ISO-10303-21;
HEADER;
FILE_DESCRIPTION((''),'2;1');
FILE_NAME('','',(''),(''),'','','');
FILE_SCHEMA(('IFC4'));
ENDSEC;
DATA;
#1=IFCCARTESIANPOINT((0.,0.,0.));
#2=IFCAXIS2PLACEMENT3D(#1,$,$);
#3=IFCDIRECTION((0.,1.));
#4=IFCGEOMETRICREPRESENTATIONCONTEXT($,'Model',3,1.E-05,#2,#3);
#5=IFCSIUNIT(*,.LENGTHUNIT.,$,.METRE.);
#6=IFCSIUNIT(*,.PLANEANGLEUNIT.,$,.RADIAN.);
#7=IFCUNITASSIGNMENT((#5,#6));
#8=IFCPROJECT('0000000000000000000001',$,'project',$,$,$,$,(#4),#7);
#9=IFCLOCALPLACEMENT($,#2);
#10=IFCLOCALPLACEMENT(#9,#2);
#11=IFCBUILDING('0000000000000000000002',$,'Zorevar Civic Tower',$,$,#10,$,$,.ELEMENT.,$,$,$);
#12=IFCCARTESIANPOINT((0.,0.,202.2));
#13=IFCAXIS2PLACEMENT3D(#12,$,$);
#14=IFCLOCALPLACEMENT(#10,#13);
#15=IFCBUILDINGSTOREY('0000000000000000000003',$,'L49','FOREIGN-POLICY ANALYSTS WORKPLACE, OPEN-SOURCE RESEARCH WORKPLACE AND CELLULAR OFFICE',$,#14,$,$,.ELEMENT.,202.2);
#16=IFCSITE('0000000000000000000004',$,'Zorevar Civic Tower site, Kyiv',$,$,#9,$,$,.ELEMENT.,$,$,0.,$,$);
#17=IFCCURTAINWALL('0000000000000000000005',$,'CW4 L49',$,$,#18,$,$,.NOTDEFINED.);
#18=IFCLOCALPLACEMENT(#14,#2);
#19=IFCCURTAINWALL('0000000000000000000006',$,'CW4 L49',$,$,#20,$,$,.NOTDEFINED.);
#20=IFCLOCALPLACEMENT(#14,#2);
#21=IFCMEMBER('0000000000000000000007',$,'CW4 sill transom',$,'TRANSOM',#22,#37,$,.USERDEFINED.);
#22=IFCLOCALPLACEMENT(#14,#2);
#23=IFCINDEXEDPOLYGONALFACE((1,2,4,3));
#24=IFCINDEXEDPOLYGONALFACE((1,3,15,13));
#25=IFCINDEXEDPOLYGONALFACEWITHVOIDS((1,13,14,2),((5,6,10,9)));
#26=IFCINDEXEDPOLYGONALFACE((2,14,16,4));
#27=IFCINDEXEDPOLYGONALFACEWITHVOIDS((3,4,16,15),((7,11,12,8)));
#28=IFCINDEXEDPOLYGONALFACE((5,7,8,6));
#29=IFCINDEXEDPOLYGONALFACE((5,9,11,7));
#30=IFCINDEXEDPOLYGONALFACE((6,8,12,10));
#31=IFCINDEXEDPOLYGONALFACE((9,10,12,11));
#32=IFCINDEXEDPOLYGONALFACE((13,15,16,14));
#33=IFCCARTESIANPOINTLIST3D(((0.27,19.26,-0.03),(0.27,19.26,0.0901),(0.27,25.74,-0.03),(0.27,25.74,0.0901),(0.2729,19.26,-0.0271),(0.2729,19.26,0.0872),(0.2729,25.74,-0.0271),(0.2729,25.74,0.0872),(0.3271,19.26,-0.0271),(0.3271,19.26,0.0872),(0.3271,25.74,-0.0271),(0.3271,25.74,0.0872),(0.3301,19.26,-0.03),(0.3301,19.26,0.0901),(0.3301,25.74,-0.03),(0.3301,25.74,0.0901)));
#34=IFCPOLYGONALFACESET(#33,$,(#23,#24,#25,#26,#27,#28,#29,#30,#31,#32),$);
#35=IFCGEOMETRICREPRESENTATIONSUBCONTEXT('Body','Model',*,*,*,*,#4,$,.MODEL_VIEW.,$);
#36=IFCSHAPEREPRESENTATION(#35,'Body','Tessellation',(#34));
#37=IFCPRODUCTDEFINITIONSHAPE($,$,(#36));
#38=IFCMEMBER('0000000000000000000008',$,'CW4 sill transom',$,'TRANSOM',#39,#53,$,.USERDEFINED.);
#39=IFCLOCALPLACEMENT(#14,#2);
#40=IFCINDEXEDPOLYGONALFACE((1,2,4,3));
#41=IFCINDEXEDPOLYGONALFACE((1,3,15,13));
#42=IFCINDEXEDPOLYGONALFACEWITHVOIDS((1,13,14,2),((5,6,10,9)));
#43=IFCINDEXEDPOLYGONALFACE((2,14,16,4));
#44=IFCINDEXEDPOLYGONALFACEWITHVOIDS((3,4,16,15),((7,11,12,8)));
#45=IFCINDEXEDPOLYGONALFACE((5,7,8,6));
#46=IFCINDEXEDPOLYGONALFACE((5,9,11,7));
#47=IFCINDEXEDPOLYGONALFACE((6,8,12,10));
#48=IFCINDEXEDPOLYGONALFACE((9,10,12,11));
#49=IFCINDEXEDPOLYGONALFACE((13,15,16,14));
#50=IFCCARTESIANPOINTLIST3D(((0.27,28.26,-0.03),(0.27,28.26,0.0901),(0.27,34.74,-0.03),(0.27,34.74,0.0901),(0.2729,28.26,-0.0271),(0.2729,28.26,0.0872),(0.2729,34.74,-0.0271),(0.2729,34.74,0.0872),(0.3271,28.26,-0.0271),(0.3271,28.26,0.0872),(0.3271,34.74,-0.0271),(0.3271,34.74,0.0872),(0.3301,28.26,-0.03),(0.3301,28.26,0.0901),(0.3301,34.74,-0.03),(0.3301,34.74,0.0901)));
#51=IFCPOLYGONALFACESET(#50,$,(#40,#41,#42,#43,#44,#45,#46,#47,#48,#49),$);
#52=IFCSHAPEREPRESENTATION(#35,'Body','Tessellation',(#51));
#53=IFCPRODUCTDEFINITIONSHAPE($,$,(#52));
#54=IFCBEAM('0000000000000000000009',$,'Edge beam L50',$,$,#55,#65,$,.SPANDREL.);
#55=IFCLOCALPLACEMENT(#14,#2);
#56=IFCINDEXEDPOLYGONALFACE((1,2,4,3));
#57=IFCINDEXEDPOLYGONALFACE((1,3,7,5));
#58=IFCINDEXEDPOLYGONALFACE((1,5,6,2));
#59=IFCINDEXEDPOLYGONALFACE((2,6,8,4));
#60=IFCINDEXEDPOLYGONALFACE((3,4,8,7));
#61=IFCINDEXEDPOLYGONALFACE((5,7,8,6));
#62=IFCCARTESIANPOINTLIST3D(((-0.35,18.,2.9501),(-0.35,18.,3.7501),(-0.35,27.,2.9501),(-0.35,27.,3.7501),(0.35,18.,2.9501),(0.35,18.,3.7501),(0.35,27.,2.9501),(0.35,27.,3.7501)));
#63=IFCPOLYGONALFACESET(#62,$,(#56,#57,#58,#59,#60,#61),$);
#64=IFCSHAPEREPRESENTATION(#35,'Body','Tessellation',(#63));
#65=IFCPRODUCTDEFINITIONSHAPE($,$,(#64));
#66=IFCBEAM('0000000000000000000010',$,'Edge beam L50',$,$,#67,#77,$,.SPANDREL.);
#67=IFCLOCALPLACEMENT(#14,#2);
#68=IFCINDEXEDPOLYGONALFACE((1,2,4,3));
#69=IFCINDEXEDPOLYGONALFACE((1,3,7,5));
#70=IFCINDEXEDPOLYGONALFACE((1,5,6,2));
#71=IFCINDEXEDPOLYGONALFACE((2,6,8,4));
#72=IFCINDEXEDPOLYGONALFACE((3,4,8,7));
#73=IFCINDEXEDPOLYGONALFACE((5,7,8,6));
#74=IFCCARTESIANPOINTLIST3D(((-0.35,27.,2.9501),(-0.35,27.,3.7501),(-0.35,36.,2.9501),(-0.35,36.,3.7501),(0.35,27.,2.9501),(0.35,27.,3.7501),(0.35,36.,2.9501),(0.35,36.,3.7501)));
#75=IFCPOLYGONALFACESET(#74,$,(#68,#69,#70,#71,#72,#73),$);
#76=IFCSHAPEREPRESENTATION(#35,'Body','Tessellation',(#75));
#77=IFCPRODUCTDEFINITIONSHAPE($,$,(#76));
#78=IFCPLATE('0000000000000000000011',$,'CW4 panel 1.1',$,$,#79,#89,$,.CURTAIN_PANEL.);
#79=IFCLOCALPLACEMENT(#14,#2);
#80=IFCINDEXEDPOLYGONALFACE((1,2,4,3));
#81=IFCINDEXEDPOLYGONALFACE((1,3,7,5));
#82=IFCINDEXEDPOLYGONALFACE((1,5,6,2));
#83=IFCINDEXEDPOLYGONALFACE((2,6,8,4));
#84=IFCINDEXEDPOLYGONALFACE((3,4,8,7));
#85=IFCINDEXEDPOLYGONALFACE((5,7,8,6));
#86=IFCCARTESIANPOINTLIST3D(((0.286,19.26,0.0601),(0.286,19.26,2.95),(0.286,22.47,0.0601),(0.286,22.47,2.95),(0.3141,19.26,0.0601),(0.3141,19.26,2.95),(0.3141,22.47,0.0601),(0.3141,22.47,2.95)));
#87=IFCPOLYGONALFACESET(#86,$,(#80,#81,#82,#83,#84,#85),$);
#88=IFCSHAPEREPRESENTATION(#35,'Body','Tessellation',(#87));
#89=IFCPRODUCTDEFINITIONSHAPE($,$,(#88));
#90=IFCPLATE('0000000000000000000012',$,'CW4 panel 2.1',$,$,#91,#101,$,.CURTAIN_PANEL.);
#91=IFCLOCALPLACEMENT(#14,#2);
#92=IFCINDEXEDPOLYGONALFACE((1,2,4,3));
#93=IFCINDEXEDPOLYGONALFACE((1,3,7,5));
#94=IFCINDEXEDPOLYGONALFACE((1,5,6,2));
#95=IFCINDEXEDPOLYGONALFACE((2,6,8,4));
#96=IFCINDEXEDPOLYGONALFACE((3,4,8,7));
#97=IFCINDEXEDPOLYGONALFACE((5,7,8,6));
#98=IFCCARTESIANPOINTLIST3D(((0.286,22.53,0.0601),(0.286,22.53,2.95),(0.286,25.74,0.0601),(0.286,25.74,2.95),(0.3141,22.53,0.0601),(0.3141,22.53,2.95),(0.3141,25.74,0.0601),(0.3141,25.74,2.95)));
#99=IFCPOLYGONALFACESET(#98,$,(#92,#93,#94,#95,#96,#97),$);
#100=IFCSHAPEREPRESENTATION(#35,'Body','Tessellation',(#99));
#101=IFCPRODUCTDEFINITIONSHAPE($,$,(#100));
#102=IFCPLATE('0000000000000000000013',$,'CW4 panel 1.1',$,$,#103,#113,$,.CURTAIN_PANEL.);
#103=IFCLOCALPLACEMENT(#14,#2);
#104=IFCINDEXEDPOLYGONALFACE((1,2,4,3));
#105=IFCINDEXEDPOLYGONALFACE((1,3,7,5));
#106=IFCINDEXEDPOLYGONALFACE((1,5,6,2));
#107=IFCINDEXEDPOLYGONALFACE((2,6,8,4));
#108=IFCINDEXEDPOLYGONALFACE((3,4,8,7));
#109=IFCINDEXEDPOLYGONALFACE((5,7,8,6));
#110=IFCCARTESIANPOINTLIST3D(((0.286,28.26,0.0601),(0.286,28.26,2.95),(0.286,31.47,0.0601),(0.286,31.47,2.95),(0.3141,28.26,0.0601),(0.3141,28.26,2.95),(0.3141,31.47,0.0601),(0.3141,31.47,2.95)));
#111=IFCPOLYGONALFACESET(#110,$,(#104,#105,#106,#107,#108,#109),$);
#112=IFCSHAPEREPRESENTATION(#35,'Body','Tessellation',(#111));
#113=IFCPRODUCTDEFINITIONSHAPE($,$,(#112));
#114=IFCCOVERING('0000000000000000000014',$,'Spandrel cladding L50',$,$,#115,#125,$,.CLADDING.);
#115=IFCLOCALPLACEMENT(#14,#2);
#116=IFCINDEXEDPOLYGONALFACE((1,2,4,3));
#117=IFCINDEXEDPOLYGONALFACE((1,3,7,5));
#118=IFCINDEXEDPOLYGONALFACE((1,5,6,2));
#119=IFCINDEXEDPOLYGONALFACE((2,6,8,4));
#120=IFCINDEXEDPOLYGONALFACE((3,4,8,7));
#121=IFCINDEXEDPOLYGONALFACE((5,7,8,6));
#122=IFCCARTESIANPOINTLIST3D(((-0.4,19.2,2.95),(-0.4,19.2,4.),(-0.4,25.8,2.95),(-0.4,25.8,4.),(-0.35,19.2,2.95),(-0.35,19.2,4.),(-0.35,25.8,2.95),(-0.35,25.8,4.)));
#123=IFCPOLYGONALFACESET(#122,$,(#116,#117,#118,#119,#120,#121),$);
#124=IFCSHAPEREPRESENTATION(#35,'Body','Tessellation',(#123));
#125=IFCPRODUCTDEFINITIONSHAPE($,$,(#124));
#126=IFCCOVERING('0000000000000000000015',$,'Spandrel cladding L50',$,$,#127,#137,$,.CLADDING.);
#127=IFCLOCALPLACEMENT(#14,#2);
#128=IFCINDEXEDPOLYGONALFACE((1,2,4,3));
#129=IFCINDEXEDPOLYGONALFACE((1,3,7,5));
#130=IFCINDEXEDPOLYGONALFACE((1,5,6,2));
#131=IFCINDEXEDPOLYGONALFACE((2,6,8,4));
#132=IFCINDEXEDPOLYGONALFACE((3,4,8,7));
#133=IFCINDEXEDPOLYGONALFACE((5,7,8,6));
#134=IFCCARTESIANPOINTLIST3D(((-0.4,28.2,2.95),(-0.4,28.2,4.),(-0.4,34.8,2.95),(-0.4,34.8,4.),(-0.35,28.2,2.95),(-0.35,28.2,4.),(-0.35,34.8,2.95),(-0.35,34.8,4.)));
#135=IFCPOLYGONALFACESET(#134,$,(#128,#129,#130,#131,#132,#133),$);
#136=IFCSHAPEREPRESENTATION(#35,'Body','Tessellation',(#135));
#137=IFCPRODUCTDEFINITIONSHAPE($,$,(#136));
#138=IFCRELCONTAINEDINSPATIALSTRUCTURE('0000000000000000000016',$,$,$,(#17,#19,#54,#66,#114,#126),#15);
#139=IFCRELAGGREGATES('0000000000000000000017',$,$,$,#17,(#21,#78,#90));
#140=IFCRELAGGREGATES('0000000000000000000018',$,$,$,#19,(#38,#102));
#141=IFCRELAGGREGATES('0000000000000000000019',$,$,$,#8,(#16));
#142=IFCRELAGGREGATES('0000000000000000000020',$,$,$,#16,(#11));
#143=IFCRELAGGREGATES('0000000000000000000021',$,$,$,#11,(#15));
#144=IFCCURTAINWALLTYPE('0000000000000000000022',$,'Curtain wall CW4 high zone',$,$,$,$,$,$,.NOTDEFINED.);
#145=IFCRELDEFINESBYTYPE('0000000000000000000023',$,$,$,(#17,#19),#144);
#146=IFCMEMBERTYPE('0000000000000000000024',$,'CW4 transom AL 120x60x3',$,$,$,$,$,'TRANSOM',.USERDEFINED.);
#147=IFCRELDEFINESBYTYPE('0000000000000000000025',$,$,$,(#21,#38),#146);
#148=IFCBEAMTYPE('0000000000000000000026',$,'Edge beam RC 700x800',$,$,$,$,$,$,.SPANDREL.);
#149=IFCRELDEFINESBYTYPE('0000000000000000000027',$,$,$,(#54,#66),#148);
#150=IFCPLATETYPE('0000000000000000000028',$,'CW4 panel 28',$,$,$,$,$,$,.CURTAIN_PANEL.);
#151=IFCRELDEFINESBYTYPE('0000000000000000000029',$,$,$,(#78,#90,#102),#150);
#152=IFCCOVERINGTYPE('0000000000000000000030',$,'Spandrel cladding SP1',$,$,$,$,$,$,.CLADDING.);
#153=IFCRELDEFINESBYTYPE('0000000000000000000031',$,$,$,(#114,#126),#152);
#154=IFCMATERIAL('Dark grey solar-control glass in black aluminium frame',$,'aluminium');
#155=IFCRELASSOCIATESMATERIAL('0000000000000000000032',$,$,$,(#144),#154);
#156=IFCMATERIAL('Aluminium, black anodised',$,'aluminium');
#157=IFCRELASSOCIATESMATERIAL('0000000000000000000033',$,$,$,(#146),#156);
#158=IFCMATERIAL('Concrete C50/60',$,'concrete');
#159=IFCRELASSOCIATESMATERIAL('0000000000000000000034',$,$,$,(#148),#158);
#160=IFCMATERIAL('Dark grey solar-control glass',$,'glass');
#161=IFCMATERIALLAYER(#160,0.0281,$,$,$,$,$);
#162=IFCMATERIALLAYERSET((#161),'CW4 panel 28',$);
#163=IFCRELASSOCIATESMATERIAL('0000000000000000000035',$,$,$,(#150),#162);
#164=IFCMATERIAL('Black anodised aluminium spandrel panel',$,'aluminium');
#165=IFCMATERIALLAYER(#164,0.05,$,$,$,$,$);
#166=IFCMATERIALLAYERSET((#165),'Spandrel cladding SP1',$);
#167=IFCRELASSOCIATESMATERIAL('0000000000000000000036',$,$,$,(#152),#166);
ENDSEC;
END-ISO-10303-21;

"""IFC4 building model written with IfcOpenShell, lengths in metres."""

from ifc_helpers import new_model, si_unit, direction, frame, frame_2d, origin, origin_2d, place, context, subcontext, project, spatial, rectangle, hollow_rectangle, extrude, material, layer, layer_set, material_profile, profile_set, type_object, element, aggregate, save


model = new_model("IFC4")

# Units and contexts
model_context = context("Model", 3, precision=1e-05, world=origin(), true_north=direction((0.0, 1.0)))
body_context = subcontext(model_context, "Body", "Model", "MODEL_VIEW")
ifc_project = project(units=[si_unit("LENGTHUNIT", "METRE"), si_unit("PLANEANGLEUNIT", "RADIAN")], contexts=[model_context])

# Site, building, storey
site_placement = place(None, origin())
site = spatial("IfcSite", under=ifc_project, at=site_placement, Name="Zorevar Civic Tower site, Kyiv", CompositionType="ELEMENT", RefElevation=0.0)
building_placement = place(site_placement, origin())
building = spatial("IfcBuilding", under=site, at=building_placement, Name="Zorevar Civic Tower", CompositionType="ELEMENT")
storey_placement = place(building_placement, frame((0.0, 0.0, 202.2)))
storey = spatial("IfcBuildingStorey", under=building, at=storey_placement, Name="L49", Description="FOREIGN-POLICY ANALYSTS WORKPLACE, OPEN-SOURCE RESEARCH WORKPLACE AND CELLULAR OFFICE", CompositionType="ELEMENT", Elevation=202.2)

# Curtain walls
ifc_material_1 = material(Name="Dark grey solar-control glass in black aluminium frame", Category="aluminium")
curtain_wall_type = type_object("IfcCurtainWallType", Name="Curtain wall CW4 high zone", PredefinedType="NOTDEFINED", material=ifc_material_1)
curtain_wall_1_placement = place(storey_placement, origin())
curtain_wall_1 = element("IfcCurtainWall", 1, at=curtain_wall_1_placement, inside=storey, type_object=curtain_wall_type, Name="CW4 L49", PredefinedType="NOTDEFINED")
curtain_wall_2_placement = place(storey_placement, origin())
curtain_wall_2 = element("IfcCurtainWall", 2, at=curtain_wall_2_placement, inside=storey, type_object=curtain_wall_type, Name="CW4 L49", PredefinedType="NOTDEFINED")

# Members
ifc_material_2 = material(Name="Aluminium, black anodised", Category="aluminium")
ifc_material_profile_1 = material_profile(ifc_material_2, hollow_rectangle(XDim=0.0601, YDim=0.1201, WallThickness=0.0029, at=origin_2d()), Name="AL 120x60x3")
ifc_profile_set_1 = profile_set([ifc_material_profile_1], Name="Aluminium, black anodised")
member_type_1 = type_object("IfcMemberType", Name="CW4 transom AL 120x60x3", ElementType="TRANSOM", PredefinedType="USERDEFINED", material=ifc_profile_set_1)
member_1_placement = place(storey_placement, frame((0.3, 19.26, 0.03), z_axis=(0.0, 1.0, 0.0), x_axis=(-1.0, 0.0, 0.0)))
member_1 = element("IfcMember", 3, at=member_1_placement, type_object=member_type_1, Name="CW4 sill transom", ObjectType="TRANSOM", PredefinedType="USERDEFINED", context=body_context, shape_type="SweptSolid", body=[
    extrude(hollow_rectangle(XDim=0.0601, YDim=0.1201, WallThickness=0.0029, at=origin_2d()), origin(), (0.0, 0.0, 1.0), 6.48),
])
member_2_placement = place(storey_placement, frame((0.3, 28.26, 0.03), z_axis=(0.0, 1.0, 0.0), x_axis=(-1.0, 0.0, 0.0)))
member_2 = element("IfcMember", 4, at=member_2_placement, type_object=member_type_1, Name="CW4 sill transom", ObjectType="TRANSOM", PredefinedType="USERDEFINED", context=body_context, shape_type="SweptSolid", body=[
    extrude(hollow_rectangle(XDim=0.0601, YDim=0.1201, WallThickness=0.0029, at=origin_2d()), origin(), (0.0, 0.0, 1.0), 6.48),
])

# Beams
ifc_material_3 = material(Name="Concrete C50/60", Category="concrete")
ifc_material_profile_2 = material_profile(ifc_material_3, rectangle(XDim=0.7, YDim=0.8, at=origin_2d()), Name="RC 700x800")
ifc_profile_set_2 = profile_set([ifc_material_profile_2], Name="Concrete C50/60")
beam_type_1 = type_object("IfcBeamType", Name="Edge beam RC 700x800", PredefinedType="SPANDREL", material=ifc_profile_set_2)
for number, where, z_axis, x_axis, name in (
    (5, (0.0, 18.0, 3.3501), (0.0, 1.0, 0.0), (-1.0, 0.0, 0.0), "Edge beam L50"),
    (6, (0.0, 27.0, 3.3501), (0.0, 1.0, 0.0), (-1.0, 0.0, 0.0), "Edge beam L50"),
):
    element("IfcBeam", number, at=place(storey_placement, frame(where, z_axis=z_axis, x_axis=x_axis)), inside=storey, type_object=beam_type_1, Name=name, PredefinedType="SPANDREL", context=body_context, shape_type="SweptSolid", body=[
        extrude(rectangle(XDim=0.7, YDim=0.8, at=origin_2d()), origin(), (0.0, 0.0, 1.0), 9.0),
    ])

# Plates
ifc_material_4 = material(Name="Dark grey solar-control glass", Category="glass")
ifc_layer_1 = layer(ifc_material_4, 0.0281)
ifc_layer_set_1 = layer_set([ifc_layer_1], Name="CW4 panel 28")
plate_type = type_object("IfcPlateType", Name="CW4 panel 28", PredefinedType="CURTAIN_PANEL", material=ifc_layer_set_1)
plate_1_placement = place(storey_placement, frame((0.3, 20.865, 0.0601), z_axis=(0.0, 0.0, 1.0), x_axis=(0.0, 1.0, 0.0)))
plate_1 = element("IfcPlate", 7, at=plate_1_placement, type_object=plate_type, Name="CW4 panel 1.1", PredefinedType="CURTAIN_PANEL", context=body_context, shape_type="SweptSolid", body=[
    extrude(rectangle(XDim=3.21, YDim=0.0281, at=origin_2d()), origin(), (0.0, 0.0, 1.0), 2.8899),
])
plate_2_placement = place(storey_placement, frame((0.3, 24.135, 0.0601), z_axis=(0.0, 0.0, 1.0), x_axis=(0.0, 1.0, 0.0)))
plate_2 = element("IfcPlate", 8, at=plate_2_placement, type_object=plate_type, Name="CW4 panel 2.1", PredefinedType="CURTAIN_PANEL", context=body_context, shape_type="SweptSolid", body=[
    extrude(rectangle(XDim=3.21, YDim=0.0281, at=origin_2d()), origin(), (0.0, 0.0, 1.0), 2.8899),
])
aggregate(curtain_wall_1, [member_1, plate_1, plate_2])
plate_3_placement = place(storey_placement, frame((0.3, 29.865, 0.0601), z_axis=(0.0, 0.0, 1.0), x_axis=(0.0, 1.0, 0.0)))
plate_3 = element("IfcPlate", 9, at=plate_3_placement, type_object=plate_type, Name="CW4 panel 1.1", PredefinedType="CURTAIN_PANEL", context=body_context, shape_type="SweptSolid", body=[
    extrude(rectangle(XDim=3.21, YDim=0.0281, at=origin_2d()), origin(), (0.0, 0.0, 1.0), 2.8899),
])
aggregate(curtain_wall_2, [member_2, plate_3])

# Coverings
ifc_material_5 = material(Name="Black anodised aluminium spandrel panel", Category="aluminium")
ifc_layer_2 = layer(ifc_material_5, 0.05)
ifc_layer_set_2 = layer_set([ifc_layer_2], Name="Spandrel cladding SP1")
covering_type = type_object("IfcCoveringType", Name="Spandrel cladding SP1", PredefinedType="CLADDING", material=ifc_layer_set_2)
for number, where, z_axis, x_axis, name in (
    (10, (-0.375, 19.2, 2.95), (0.0, 0.0, 1.0), (0.0, 1.0, 0.0), "Spandrel cladding L50"),
    (11, (-0.375, 28.2, 2.95), (0.0, 0.0, 1.0), (0.0, 1.0, 0.0), "Spandrel cladding L50"),
):
    element("IfcCovering", number, at=place(storey_placement, frame(where, z_axis=z_axis, x_axis=x_axis)), inside=storey, type_object=covering_type, Name=name, PredefinedType="CLADDING", context=body_context, shape_type="SweptSolid", body=[
        extrude(rectangle(XDim=6.6001, YDim=0.05, at=frame_2d((3.3, 0.0))), origin(), (0.0, 0.0, 1.0), 1.05),
    ])

save(model, "model.ifc")
